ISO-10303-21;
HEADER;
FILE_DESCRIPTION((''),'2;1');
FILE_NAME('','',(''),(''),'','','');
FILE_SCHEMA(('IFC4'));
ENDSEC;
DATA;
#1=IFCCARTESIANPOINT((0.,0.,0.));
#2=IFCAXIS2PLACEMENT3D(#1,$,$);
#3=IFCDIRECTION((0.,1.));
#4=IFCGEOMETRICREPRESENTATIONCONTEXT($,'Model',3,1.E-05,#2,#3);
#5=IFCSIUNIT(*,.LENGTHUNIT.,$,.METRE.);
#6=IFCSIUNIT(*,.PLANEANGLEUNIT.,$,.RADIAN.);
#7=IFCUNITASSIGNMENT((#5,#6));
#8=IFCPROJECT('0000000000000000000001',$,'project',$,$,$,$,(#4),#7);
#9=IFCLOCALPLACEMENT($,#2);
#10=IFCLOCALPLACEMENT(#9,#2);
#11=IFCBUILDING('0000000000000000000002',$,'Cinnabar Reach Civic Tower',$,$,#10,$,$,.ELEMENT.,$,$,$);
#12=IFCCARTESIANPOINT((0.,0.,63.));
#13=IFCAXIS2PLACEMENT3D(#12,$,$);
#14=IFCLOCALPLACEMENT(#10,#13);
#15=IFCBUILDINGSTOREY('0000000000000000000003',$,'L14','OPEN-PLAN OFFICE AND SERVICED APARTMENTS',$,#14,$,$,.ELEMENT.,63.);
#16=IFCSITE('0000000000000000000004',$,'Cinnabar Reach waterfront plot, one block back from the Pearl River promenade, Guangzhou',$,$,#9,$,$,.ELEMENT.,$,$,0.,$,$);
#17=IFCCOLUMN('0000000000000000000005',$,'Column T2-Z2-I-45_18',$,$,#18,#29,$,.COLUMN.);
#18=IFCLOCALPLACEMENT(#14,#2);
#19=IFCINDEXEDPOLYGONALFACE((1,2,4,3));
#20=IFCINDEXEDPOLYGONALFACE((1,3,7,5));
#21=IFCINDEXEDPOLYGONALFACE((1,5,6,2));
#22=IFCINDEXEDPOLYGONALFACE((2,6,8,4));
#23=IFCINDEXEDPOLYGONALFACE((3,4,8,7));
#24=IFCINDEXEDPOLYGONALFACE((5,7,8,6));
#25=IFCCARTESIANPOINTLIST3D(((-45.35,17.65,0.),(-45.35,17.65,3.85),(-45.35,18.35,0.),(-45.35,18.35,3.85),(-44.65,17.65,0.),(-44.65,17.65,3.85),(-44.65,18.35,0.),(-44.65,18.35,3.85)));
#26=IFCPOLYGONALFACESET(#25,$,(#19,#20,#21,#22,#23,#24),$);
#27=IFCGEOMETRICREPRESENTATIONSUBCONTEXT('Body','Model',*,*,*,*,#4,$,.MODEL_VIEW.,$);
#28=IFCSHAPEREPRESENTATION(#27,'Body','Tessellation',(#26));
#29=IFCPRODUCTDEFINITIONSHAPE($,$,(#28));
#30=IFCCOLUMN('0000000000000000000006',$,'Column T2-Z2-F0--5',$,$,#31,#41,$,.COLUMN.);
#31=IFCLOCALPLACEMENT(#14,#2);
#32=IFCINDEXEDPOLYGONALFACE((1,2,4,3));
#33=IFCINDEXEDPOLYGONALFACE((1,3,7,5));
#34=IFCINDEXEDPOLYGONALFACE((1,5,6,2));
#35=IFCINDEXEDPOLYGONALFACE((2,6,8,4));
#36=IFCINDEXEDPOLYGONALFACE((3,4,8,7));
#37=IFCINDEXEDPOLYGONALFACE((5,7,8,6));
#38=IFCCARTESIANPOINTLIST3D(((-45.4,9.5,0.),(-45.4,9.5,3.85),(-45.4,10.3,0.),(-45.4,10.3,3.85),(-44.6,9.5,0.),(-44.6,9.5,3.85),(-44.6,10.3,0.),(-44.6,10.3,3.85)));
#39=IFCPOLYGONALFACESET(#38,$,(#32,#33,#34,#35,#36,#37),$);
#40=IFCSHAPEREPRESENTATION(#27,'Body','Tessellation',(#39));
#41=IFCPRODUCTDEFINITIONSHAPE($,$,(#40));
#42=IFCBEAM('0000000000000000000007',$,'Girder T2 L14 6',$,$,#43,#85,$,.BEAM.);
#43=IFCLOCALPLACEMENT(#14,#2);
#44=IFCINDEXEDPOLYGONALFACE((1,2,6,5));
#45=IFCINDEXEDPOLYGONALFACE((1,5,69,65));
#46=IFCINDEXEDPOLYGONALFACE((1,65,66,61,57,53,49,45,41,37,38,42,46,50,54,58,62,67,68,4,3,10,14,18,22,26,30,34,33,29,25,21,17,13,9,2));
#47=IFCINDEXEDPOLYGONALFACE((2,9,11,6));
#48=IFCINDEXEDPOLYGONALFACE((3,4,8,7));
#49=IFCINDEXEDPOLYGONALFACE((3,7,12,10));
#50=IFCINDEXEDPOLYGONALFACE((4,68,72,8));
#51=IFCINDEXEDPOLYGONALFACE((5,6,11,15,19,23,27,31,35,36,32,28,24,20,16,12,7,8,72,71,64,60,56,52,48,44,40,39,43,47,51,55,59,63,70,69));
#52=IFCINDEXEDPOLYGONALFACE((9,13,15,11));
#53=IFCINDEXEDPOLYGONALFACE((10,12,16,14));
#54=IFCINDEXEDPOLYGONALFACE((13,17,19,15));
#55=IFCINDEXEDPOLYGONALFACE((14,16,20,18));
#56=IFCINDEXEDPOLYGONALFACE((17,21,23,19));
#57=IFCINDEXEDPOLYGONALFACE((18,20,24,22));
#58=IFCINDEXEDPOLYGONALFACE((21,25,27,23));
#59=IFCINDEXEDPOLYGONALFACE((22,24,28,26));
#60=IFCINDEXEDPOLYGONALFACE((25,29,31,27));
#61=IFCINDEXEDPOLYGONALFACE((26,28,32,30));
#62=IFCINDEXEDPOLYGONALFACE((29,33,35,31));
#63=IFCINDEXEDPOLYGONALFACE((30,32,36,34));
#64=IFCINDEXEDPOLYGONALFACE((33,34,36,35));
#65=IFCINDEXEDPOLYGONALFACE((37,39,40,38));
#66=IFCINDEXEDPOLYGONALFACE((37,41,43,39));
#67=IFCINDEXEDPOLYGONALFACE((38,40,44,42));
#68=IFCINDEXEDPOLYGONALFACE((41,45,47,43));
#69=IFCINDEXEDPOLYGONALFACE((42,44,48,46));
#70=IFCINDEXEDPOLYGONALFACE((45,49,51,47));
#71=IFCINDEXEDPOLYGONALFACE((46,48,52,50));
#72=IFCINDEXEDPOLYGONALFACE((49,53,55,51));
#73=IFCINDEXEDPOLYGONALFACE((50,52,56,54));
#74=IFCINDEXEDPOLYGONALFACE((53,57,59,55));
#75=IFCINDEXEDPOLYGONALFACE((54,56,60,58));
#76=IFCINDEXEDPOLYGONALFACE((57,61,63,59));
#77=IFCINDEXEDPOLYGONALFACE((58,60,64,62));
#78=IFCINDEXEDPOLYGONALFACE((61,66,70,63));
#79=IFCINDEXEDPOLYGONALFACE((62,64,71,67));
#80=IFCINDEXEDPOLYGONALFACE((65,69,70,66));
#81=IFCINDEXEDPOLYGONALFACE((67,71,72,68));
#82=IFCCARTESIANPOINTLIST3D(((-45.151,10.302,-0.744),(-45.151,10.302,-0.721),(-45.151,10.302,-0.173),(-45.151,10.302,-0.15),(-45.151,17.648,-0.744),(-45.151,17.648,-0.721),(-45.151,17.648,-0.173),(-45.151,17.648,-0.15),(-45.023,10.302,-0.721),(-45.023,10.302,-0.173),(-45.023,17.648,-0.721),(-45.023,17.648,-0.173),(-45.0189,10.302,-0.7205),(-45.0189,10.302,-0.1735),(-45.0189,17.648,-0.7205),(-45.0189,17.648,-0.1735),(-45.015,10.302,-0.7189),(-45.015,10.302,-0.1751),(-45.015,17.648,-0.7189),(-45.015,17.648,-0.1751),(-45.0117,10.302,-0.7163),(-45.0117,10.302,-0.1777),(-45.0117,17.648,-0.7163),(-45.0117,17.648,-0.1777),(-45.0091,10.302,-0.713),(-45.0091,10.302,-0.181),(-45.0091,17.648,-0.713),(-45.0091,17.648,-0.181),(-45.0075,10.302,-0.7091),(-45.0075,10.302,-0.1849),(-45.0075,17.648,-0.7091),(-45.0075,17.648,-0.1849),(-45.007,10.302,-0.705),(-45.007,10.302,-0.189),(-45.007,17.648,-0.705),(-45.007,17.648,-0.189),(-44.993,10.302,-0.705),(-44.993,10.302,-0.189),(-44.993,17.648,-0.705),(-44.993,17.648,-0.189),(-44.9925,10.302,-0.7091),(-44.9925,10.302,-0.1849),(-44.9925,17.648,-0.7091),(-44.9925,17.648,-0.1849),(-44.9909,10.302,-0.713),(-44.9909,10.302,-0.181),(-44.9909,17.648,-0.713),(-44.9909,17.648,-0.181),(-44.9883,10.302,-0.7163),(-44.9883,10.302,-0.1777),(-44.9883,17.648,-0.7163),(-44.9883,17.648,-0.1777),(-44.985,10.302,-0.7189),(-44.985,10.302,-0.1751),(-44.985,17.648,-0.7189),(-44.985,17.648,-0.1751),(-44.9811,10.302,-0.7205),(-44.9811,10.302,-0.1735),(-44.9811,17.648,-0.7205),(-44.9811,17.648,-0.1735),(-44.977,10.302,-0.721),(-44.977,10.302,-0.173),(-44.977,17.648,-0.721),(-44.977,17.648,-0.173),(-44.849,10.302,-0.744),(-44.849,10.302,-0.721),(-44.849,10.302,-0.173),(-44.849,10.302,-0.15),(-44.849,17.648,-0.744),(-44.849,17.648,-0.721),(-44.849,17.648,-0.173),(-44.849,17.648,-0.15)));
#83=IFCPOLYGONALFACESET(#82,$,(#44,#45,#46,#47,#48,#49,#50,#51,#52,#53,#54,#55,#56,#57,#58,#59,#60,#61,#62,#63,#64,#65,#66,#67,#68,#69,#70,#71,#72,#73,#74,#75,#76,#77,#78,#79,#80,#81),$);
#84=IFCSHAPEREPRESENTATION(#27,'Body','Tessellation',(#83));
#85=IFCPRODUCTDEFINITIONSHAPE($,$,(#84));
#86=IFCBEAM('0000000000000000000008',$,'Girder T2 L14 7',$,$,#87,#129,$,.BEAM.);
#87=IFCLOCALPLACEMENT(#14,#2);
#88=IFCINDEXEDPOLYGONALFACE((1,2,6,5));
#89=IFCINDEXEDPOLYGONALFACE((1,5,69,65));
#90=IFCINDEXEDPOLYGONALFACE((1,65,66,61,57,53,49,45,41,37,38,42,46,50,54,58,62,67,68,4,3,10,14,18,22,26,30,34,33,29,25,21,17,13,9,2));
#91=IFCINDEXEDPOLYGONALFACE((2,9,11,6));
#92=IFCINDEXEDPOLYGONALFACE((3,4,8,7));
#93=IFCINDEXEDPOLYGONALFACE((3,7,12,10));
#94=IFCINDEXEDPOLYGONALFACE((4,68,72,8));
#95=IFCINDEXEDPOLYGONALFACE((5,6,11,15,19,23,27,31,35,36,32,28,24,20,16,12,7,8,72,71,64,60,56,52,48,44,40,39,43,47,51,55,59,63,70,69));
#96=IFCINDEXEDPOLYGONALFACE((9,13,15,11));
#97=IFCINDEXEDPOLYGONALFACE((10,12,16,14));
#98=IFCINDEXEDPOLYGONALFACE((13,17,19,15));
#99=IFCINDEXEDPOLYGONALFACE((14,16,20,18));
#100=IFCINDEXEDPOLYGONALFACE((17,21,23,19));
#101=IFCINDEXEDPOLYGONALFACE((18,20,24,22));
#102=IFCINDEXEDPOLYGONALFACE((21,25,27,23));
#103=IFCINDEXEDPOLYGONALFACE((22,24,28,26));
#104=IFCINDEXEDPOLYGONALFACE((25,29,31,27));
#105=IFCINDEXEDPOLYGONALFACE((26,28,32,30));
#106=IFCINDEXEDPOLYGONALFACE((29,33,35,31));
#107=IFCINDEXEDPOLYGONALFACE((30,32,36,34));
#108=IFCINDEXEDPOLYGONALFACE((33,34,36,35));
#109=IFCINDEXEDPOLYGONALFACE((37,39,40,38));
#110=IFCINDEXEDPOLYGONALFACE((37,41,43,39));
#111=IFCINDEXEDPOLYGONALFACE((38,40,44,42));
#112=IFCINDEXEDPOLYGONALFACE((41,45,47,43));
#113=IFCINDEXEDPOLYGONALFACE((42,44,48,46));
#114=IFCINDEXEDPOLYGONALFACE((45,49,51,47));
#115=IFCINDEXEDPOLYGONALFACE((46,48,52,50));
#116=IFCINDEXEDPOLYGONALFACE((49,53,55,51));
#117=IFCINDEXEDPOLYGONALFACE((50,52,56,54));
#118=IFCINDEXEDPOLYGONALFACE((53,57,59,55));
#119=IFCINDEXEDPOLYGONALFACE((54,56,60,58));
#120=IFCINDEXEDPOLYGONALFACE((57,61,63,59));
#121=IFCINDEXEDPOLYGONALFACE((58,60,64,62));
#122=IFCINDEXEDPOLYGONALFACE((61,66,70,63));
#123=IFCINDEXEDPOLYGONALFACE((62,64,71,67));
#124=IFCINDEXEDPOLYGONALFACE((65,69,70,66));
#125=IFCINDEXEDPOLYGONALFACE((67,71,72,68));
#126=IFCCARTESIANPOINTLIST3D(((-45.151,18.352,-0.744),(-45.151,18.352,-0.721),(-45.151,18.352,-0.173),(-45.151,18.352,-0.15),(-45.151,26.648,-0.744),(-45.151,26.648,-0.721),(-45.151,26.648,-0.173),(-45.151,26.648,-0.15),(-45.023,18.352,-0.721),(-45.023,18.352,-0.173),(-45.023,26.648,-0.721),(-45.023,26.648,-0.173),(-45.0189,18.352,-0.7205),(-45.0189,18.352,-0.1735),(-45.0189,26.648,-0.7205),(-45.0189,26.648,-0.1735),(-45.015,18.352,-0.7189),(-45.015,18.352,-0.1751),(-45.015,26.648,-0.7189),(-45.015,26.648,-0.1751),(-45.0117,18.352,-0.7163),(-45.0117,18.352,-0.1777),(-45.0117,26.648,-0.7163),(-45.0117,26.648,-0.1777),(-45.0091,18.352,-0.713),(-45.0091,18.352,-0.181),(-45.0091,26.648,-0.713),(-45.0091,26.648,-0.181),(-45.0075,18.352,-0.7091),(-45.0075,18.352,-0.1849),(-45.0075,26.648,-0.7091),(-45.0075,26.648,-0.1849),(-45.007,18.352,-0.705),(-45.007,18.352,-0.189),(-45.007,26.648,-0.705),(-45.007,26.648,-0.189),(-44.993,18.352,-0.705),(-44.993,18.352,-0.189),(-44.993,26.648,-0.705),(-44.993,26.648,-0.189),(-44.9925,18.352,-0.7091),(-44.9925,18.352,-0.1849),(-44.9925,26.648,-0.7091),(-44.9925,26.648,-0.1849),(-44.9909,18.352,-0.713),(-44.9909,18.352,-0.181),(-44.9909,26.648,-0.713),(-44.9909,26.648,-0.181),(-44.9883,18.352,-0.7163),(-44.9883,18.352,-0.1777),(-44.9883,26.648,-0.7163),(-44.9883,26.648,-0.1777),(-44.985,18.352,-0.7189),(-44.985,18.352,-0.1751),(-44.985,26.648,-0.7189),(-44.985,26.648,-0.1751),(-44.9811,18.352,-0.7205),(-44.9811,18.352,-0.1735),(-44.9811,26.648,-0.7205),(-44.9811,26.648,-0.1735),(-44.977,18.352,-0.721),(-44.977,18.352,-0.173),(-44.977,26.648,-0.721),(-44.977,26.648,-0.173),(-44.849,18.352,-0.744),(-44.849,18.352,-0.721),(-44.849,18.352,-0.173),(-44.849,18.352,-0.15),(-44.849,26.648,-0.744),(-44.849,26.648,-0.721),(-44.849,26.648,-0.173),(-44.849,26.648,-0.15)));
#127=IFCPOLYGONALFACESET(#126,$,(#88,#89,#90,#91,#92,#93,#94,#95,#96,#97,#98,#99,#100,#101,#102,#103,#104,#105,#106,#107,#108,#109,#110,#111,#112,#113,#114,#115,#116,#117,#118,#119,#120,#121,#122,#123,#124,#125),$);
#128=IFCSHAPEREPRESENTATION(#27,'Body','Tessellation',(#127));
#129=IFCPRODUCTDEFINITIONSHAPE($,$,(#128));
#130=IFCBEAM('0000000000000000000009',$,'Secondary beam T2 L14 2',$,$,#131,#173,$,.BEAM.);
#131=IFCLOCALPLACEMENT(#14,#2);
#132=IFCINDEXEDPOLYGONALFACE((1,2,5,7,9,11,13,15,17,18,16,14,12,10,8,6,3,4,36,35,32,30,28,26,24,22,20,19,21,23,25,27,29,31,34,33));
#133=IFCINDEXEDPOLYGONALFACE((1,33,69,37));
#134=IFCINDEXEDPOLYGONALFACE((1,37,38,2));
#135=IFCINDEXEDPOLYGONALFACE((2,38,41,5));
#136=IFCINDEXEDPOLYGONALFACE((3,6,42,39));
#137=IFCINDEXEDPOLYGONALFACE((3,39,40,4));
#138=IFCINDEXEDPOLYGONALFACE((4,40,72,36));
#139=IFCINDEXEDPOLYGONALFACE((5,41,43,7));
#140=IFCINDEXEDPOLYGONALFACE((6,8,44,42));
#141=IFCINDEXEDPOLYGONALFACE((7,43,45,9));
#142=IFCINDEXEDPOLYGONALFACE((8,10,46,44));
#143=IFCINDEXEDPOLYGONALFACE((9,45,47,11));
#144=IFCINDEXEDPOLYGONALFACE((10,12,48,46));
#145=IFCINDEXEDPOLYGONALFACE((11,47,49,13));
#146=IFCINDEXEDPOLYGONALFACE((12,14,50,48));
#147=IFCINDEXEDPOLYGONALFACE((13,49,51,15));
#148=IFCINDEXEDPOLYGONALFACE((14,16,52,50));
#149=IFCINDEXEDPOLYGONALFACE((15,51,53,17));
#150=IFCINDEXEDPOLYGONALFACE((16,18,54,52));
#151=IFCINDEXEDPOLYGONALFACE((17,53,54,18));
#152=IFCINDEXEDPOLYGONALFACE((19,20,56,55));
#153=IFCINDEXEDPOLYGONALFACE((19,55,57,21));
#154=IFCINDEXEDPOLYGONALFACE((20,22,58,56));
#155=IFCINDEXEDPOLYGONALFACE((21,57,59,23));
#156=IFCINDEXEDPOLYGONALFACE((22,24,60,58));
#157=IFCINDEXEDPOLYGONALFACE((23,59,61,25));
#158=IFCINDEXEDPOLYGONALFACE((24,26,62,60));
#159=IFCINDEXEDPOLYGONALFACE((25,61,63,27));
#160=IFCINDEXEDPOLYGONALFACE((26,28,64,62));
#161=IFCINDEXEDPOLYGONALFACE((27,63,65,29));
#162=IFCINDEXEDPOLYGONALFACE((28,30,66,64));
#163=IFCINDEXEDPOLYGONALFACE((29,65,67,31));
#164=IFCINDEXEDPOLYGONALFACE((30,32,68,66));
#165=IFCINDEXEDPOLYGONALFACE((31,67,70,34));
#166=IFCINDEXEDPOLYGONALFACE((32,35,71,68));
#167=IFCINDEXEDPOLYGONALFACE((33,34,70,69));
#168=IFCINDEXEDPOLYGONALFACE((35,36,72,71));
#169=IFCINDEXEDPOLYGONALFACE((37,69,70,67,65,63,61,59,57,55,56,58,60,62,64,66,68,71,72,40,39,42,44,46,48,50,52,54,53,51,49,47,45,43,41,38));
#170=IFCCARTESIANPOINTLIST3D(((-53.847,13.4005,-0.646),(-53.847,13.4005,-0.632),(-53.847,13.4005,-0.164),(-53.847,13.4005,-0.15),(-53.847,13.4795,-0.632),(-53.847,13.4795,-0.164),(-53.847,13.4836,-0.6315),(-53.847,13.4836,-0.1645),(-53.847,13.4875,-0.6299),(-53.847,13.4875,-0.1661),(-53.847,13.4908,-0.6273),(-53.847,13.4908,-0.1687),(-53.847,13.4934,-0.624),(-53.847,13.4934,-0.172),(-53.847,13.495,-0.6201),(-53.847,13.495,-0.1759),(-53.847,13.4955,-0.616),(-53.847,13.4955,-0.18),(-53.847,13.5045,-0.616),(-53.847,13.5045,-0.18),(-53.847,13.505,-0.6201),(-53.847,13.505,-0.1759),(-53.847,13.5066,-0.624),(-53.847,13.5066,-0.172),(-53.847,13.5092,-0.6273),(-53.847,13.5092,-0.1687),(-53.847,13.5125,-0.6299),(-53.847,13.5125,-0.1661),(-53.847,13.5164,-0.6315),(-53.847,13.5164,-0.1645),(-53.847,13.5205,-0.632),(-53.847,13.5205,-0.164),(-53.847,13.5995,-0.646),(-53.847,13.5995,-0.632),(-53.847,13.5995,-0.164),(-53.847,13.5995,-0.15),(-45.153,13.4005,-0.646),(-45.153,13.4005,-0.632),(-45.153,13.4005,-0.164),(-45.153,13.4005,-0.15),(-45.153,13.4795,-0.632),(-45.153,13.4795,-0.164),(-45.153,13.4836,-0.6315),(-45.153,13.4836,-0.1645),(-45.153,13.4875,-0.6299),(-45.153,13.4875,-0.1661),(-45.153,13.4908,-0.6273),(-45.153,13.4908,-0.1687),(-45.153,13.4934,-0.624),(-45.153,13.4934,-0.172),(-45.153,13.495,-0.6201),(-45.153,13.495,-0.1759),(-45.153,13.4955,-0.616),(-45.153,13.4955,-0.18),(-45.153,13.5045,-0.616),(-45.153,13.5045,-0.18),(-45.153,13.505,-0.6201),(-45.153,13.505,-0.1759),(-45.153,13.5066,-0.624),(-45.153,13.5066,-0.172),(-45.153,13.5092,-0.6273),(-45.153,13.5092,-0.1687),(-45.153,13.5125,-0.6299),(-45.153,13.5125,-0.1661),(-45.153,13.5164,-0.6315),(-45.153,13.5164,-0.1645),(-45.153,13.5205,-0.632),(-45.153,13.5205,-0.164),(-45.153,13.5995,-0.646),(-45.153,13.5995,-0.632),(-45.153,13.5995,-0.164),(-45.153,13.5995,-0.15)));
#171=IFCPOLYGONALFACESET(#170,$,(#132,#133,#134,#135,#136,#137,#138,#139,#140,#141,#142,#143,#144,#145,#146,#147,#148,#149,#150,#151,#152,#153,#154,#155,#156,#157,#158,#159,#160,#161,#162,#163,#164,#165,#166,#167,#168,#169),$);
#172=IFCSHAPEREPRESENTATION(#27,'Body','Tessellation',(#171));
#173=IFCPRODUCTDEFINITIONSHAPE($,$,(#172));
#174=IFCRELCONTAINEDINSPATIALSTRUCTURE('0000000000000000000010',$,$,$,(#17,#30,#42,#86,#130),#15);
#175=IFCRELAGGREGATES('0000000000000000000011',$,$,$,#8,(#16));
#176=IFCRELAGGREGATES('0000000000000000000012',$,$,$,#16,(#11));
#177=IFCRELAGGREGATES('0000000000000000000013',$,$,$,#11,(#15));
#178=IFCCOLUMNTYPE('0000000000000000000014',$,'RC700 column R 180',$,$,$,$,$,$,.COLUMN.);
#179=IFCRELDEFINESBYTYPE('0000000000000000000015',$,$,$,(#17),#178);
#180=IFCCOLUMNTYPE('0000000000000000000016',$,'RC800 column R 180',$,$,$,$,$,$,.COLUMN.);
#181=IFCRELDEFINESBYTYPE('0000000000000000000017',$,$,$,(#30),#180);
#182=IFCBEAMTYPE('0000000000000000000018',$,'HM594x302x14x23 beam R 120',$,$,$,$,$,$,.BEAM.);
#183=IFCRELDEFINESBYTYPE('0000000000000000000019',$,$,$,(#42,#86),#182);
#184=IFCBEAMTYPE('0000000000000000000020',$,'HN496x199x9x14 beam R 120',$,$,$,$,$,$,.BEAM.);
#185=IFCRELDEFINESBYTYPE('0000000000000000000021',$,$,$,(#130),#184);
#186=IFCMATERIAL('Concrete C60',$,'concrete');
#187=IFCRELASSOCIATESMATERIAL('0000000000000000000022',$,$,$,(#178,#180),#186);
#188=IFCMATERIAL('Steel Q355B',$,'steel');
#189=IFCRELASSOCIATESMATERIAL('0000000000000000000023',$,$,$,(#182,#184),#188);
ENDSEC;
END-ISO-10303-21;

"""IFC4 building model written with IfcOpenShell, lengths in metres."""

from ifc_helpers import new_model, si_unit, direction, frame, origin, origin_2d, place, context, subcontext, project, spatial, rectangle, i_section, extrude, material, material_profile, profile_set, type_object, element, save


model = new_model("IFC4")

# Units and contexts
model_context = context("Model", 3, precision=1e-05, world=origin(), true_north=direction((0.0, 1.0)))
body_context = subcontext(model_context, "Body", "Model", "MODEL_VIEW")
ifc_project = project(units=[si_unit("LENGTHUNIT", "METRE"), si_unit("PLANEANGLEUNIT", "RADIAN")], contexts=[model_context])

# Site, building, storey
site_placement = place(None, origin())
site = spatial("IfcSite", under=ifc_project, at=site_placement, Name="Cinnabar Reach waterfront plot, one block back from the Pearl River promenade, Guangzhou", CompositionType="ELEMENT", RefElevation=0.0)
building_placement = place(site_placement, origin())
building = spatial("IfcBuilding", under=site, at=building_placement, Name="Cinnabar Reach Civic Tower", CompositionType="ELEMENT")
storey_placement = place(building_placement, frame((0.0, 0.0, 63.0)))
storey = spatial("IfcBuildingStorey", under=building, at=storey_placement, Name="L14", Description="OPEN-PLAN OFFICE AND SERVICED APARTMENTS", CompositionType="ELEMENT", Elevation=63.0)

# Columns
ifc_material_1 = material(Name="Concrete C60", Category="concrete")
ifc_material_profile_1 = material_profile(ifc_material_1, rectangle(XDim=0.7, YDim=0.7, at=origin_2d()), Name="RC700")
ifc_profile_set_1 = profile_set([ifc_material_profile_1], Name="Concrete C60")
column_type_1 = type_object("IfcColumnType", Name="RC700 column R 180", PredefinedType="COLUMN", material=ifc_profile_set_1)
column_1_placement = place(storey_placement, frame((-45.0, 18.0, 0.0), z_axis=(0.0, 0.0, 1.0), x_axis=(1.0, 0.0, 0.0)))
element("IfcColumn", 1, at=column_1_placement, inside=storey, type_object=column_type_1, Name="Column T2-Z2-I-45_18", PredefinedType="COLUMN", context=body_context, shape_type="SweptSolid", body=[
    extrude(rectangle(XDim=0.7, YDim=0.7, at=origin_2d()), origin(), (0.0, 0.0, 1.0), 3.85),
])
ifc_material_profile_2 = material_profile(ifc_material_1, rectangle(XDim=0.8, YDim=0.8, at=origin_2d()), Name="RC800")
ifc_profile_set_2 = profile_set([ifc_material_profile_2], Name="Concrete C60")
column_type_2 = type_object("IfcColumnType", Name="RC800 column R 180", PredefinedType="COLUMN", material=ifc_profile_set_2)
column_2_placement = place(storey_placement, frame((-45.0, 9.9, 0.0), z_axis=(0.0, 0.0, 1.0), x_axis=(1.0, 0.0, 0.0)))
element("IfcColumn", 2, at=column_2_placement, inside=storey, type_object=column_type_2, Name="Column T2-Z2-F0--5", PredefinedType="COLUMN", context=body_context, shape_type="SweptSolid", body=[
    extrude(rectangle(XDim=0.8, YDim=0.8, at=origin_2d()), origin(), (0.0, 0.0, 1.0), 3.85),
])

# Beams
ifc_material_2 = material(Name="Steel Q355B", Category="steel")
ifc_material_profile_3 = material_profile(ifc_material_2, i_section(OverallWidth=0.302, OverallDepth=0.594, WebThickness=0.014, FlangeThickness=0.023, FilletRadius=0.016, at=origin_2d()), Name="HM594x302x14x23")
ifc_profile_set_3 = profile_set([ifc_material_profile_3], Name="Steel Q355B")
beam_type_1 = type_object("IfcBeamType", Name="HM594x302x14x23 beam R 120", PredefinedType="BEAM", material=ifc_profile_set_3)
beam_1_placement = place(storey_placement, frame((-45.0, 10.302, -0.447), z_axis=(0.0, 1.0, 0.0), x_axis=(-1.0, 0.0, 0.0)))
element("IfcBeam", 3, at=beam_1_placement, inside=storey, type_object=beam_type_1, Name="Girder T2 L14 6", PredefinedType="BEAM", context=body_context, shape_type="SweptSolid", body=[
    extrude(i_section(OverallWidth=0.302, OverallDepth=0.594, WebThickness=0.014, FlangeThickness=0.023, FilletRadius=0.016, at=origin_2d()), origin(), (0.0, 0.0, 1.0), 7.346),
])
beam_2_placement = place(storey_placement, frame((-45.0, 18.352, -0.447), z_axis=(0.0, 1.0, 0.0), x_axis=(-1.0, 0.0, 0.0)))
element("IfcBeam", 4, at=beam_2_placement, inside=storey, type_object=beam_type_1, Name="Girder T2 L14 7", PredefinedType="BEAM", context=body_context, shape_type="SweptSolid", body=[
    extrude(i_section(OverallWidth=0.302, OverallDepth=0.594, WebThickness=0.014, FlangeThickness=0.023, FilletRadius=0.016, at=origin_2d()), origin(), (0.0, 0.0, 1.0), 8.296),
])
ifc_material_profile_4 = material_profile(ifc_material_2, i_section(OverallWidth=0.199, OverallDepth=0.496, WebThickness=0.009, FlangeThickness=0.014, FilletRadius=0.016, at=origin_2d()), Name="HN496x199x9x14")
ifc_profile_set_4 = profile_set([ifc_material_profile_4], Name="Steel Q355B")
beam_type_2 = type_object("IfcBeamType", Name="HN496x199x9x14 beam R 120", PredefinedType="BEAM", material=ifc_profile_set_4)
for number, where, z_axis, x_axis, name in (
    (5, (-53.847, 13.5, -0.398), (1.0, 0.0, 0.0), (0.0, 1.0, 0.0), "Secondary beam T2 L14 2"),
):
    element("IfcBeam", number, at=place(storey_placement, frame(where, z_axis=z_axis, x_axis=x_axis)), inside=storey, type_object=beam_type_2, Name=name, PredefinedType="BEAM", context=body_context, shape_type="SweptSolid", body=[
        extrude(i_section(OverallWidth=0.199, OverallDepth=0.496, WebThickness=0.009, FlangeThickness=0.014, FilletRadius=0.016, at=origin_2d()), origin(), (0.0, 0.0, 1.0), 8.694),
    ])

save(model, "model.ifc")
